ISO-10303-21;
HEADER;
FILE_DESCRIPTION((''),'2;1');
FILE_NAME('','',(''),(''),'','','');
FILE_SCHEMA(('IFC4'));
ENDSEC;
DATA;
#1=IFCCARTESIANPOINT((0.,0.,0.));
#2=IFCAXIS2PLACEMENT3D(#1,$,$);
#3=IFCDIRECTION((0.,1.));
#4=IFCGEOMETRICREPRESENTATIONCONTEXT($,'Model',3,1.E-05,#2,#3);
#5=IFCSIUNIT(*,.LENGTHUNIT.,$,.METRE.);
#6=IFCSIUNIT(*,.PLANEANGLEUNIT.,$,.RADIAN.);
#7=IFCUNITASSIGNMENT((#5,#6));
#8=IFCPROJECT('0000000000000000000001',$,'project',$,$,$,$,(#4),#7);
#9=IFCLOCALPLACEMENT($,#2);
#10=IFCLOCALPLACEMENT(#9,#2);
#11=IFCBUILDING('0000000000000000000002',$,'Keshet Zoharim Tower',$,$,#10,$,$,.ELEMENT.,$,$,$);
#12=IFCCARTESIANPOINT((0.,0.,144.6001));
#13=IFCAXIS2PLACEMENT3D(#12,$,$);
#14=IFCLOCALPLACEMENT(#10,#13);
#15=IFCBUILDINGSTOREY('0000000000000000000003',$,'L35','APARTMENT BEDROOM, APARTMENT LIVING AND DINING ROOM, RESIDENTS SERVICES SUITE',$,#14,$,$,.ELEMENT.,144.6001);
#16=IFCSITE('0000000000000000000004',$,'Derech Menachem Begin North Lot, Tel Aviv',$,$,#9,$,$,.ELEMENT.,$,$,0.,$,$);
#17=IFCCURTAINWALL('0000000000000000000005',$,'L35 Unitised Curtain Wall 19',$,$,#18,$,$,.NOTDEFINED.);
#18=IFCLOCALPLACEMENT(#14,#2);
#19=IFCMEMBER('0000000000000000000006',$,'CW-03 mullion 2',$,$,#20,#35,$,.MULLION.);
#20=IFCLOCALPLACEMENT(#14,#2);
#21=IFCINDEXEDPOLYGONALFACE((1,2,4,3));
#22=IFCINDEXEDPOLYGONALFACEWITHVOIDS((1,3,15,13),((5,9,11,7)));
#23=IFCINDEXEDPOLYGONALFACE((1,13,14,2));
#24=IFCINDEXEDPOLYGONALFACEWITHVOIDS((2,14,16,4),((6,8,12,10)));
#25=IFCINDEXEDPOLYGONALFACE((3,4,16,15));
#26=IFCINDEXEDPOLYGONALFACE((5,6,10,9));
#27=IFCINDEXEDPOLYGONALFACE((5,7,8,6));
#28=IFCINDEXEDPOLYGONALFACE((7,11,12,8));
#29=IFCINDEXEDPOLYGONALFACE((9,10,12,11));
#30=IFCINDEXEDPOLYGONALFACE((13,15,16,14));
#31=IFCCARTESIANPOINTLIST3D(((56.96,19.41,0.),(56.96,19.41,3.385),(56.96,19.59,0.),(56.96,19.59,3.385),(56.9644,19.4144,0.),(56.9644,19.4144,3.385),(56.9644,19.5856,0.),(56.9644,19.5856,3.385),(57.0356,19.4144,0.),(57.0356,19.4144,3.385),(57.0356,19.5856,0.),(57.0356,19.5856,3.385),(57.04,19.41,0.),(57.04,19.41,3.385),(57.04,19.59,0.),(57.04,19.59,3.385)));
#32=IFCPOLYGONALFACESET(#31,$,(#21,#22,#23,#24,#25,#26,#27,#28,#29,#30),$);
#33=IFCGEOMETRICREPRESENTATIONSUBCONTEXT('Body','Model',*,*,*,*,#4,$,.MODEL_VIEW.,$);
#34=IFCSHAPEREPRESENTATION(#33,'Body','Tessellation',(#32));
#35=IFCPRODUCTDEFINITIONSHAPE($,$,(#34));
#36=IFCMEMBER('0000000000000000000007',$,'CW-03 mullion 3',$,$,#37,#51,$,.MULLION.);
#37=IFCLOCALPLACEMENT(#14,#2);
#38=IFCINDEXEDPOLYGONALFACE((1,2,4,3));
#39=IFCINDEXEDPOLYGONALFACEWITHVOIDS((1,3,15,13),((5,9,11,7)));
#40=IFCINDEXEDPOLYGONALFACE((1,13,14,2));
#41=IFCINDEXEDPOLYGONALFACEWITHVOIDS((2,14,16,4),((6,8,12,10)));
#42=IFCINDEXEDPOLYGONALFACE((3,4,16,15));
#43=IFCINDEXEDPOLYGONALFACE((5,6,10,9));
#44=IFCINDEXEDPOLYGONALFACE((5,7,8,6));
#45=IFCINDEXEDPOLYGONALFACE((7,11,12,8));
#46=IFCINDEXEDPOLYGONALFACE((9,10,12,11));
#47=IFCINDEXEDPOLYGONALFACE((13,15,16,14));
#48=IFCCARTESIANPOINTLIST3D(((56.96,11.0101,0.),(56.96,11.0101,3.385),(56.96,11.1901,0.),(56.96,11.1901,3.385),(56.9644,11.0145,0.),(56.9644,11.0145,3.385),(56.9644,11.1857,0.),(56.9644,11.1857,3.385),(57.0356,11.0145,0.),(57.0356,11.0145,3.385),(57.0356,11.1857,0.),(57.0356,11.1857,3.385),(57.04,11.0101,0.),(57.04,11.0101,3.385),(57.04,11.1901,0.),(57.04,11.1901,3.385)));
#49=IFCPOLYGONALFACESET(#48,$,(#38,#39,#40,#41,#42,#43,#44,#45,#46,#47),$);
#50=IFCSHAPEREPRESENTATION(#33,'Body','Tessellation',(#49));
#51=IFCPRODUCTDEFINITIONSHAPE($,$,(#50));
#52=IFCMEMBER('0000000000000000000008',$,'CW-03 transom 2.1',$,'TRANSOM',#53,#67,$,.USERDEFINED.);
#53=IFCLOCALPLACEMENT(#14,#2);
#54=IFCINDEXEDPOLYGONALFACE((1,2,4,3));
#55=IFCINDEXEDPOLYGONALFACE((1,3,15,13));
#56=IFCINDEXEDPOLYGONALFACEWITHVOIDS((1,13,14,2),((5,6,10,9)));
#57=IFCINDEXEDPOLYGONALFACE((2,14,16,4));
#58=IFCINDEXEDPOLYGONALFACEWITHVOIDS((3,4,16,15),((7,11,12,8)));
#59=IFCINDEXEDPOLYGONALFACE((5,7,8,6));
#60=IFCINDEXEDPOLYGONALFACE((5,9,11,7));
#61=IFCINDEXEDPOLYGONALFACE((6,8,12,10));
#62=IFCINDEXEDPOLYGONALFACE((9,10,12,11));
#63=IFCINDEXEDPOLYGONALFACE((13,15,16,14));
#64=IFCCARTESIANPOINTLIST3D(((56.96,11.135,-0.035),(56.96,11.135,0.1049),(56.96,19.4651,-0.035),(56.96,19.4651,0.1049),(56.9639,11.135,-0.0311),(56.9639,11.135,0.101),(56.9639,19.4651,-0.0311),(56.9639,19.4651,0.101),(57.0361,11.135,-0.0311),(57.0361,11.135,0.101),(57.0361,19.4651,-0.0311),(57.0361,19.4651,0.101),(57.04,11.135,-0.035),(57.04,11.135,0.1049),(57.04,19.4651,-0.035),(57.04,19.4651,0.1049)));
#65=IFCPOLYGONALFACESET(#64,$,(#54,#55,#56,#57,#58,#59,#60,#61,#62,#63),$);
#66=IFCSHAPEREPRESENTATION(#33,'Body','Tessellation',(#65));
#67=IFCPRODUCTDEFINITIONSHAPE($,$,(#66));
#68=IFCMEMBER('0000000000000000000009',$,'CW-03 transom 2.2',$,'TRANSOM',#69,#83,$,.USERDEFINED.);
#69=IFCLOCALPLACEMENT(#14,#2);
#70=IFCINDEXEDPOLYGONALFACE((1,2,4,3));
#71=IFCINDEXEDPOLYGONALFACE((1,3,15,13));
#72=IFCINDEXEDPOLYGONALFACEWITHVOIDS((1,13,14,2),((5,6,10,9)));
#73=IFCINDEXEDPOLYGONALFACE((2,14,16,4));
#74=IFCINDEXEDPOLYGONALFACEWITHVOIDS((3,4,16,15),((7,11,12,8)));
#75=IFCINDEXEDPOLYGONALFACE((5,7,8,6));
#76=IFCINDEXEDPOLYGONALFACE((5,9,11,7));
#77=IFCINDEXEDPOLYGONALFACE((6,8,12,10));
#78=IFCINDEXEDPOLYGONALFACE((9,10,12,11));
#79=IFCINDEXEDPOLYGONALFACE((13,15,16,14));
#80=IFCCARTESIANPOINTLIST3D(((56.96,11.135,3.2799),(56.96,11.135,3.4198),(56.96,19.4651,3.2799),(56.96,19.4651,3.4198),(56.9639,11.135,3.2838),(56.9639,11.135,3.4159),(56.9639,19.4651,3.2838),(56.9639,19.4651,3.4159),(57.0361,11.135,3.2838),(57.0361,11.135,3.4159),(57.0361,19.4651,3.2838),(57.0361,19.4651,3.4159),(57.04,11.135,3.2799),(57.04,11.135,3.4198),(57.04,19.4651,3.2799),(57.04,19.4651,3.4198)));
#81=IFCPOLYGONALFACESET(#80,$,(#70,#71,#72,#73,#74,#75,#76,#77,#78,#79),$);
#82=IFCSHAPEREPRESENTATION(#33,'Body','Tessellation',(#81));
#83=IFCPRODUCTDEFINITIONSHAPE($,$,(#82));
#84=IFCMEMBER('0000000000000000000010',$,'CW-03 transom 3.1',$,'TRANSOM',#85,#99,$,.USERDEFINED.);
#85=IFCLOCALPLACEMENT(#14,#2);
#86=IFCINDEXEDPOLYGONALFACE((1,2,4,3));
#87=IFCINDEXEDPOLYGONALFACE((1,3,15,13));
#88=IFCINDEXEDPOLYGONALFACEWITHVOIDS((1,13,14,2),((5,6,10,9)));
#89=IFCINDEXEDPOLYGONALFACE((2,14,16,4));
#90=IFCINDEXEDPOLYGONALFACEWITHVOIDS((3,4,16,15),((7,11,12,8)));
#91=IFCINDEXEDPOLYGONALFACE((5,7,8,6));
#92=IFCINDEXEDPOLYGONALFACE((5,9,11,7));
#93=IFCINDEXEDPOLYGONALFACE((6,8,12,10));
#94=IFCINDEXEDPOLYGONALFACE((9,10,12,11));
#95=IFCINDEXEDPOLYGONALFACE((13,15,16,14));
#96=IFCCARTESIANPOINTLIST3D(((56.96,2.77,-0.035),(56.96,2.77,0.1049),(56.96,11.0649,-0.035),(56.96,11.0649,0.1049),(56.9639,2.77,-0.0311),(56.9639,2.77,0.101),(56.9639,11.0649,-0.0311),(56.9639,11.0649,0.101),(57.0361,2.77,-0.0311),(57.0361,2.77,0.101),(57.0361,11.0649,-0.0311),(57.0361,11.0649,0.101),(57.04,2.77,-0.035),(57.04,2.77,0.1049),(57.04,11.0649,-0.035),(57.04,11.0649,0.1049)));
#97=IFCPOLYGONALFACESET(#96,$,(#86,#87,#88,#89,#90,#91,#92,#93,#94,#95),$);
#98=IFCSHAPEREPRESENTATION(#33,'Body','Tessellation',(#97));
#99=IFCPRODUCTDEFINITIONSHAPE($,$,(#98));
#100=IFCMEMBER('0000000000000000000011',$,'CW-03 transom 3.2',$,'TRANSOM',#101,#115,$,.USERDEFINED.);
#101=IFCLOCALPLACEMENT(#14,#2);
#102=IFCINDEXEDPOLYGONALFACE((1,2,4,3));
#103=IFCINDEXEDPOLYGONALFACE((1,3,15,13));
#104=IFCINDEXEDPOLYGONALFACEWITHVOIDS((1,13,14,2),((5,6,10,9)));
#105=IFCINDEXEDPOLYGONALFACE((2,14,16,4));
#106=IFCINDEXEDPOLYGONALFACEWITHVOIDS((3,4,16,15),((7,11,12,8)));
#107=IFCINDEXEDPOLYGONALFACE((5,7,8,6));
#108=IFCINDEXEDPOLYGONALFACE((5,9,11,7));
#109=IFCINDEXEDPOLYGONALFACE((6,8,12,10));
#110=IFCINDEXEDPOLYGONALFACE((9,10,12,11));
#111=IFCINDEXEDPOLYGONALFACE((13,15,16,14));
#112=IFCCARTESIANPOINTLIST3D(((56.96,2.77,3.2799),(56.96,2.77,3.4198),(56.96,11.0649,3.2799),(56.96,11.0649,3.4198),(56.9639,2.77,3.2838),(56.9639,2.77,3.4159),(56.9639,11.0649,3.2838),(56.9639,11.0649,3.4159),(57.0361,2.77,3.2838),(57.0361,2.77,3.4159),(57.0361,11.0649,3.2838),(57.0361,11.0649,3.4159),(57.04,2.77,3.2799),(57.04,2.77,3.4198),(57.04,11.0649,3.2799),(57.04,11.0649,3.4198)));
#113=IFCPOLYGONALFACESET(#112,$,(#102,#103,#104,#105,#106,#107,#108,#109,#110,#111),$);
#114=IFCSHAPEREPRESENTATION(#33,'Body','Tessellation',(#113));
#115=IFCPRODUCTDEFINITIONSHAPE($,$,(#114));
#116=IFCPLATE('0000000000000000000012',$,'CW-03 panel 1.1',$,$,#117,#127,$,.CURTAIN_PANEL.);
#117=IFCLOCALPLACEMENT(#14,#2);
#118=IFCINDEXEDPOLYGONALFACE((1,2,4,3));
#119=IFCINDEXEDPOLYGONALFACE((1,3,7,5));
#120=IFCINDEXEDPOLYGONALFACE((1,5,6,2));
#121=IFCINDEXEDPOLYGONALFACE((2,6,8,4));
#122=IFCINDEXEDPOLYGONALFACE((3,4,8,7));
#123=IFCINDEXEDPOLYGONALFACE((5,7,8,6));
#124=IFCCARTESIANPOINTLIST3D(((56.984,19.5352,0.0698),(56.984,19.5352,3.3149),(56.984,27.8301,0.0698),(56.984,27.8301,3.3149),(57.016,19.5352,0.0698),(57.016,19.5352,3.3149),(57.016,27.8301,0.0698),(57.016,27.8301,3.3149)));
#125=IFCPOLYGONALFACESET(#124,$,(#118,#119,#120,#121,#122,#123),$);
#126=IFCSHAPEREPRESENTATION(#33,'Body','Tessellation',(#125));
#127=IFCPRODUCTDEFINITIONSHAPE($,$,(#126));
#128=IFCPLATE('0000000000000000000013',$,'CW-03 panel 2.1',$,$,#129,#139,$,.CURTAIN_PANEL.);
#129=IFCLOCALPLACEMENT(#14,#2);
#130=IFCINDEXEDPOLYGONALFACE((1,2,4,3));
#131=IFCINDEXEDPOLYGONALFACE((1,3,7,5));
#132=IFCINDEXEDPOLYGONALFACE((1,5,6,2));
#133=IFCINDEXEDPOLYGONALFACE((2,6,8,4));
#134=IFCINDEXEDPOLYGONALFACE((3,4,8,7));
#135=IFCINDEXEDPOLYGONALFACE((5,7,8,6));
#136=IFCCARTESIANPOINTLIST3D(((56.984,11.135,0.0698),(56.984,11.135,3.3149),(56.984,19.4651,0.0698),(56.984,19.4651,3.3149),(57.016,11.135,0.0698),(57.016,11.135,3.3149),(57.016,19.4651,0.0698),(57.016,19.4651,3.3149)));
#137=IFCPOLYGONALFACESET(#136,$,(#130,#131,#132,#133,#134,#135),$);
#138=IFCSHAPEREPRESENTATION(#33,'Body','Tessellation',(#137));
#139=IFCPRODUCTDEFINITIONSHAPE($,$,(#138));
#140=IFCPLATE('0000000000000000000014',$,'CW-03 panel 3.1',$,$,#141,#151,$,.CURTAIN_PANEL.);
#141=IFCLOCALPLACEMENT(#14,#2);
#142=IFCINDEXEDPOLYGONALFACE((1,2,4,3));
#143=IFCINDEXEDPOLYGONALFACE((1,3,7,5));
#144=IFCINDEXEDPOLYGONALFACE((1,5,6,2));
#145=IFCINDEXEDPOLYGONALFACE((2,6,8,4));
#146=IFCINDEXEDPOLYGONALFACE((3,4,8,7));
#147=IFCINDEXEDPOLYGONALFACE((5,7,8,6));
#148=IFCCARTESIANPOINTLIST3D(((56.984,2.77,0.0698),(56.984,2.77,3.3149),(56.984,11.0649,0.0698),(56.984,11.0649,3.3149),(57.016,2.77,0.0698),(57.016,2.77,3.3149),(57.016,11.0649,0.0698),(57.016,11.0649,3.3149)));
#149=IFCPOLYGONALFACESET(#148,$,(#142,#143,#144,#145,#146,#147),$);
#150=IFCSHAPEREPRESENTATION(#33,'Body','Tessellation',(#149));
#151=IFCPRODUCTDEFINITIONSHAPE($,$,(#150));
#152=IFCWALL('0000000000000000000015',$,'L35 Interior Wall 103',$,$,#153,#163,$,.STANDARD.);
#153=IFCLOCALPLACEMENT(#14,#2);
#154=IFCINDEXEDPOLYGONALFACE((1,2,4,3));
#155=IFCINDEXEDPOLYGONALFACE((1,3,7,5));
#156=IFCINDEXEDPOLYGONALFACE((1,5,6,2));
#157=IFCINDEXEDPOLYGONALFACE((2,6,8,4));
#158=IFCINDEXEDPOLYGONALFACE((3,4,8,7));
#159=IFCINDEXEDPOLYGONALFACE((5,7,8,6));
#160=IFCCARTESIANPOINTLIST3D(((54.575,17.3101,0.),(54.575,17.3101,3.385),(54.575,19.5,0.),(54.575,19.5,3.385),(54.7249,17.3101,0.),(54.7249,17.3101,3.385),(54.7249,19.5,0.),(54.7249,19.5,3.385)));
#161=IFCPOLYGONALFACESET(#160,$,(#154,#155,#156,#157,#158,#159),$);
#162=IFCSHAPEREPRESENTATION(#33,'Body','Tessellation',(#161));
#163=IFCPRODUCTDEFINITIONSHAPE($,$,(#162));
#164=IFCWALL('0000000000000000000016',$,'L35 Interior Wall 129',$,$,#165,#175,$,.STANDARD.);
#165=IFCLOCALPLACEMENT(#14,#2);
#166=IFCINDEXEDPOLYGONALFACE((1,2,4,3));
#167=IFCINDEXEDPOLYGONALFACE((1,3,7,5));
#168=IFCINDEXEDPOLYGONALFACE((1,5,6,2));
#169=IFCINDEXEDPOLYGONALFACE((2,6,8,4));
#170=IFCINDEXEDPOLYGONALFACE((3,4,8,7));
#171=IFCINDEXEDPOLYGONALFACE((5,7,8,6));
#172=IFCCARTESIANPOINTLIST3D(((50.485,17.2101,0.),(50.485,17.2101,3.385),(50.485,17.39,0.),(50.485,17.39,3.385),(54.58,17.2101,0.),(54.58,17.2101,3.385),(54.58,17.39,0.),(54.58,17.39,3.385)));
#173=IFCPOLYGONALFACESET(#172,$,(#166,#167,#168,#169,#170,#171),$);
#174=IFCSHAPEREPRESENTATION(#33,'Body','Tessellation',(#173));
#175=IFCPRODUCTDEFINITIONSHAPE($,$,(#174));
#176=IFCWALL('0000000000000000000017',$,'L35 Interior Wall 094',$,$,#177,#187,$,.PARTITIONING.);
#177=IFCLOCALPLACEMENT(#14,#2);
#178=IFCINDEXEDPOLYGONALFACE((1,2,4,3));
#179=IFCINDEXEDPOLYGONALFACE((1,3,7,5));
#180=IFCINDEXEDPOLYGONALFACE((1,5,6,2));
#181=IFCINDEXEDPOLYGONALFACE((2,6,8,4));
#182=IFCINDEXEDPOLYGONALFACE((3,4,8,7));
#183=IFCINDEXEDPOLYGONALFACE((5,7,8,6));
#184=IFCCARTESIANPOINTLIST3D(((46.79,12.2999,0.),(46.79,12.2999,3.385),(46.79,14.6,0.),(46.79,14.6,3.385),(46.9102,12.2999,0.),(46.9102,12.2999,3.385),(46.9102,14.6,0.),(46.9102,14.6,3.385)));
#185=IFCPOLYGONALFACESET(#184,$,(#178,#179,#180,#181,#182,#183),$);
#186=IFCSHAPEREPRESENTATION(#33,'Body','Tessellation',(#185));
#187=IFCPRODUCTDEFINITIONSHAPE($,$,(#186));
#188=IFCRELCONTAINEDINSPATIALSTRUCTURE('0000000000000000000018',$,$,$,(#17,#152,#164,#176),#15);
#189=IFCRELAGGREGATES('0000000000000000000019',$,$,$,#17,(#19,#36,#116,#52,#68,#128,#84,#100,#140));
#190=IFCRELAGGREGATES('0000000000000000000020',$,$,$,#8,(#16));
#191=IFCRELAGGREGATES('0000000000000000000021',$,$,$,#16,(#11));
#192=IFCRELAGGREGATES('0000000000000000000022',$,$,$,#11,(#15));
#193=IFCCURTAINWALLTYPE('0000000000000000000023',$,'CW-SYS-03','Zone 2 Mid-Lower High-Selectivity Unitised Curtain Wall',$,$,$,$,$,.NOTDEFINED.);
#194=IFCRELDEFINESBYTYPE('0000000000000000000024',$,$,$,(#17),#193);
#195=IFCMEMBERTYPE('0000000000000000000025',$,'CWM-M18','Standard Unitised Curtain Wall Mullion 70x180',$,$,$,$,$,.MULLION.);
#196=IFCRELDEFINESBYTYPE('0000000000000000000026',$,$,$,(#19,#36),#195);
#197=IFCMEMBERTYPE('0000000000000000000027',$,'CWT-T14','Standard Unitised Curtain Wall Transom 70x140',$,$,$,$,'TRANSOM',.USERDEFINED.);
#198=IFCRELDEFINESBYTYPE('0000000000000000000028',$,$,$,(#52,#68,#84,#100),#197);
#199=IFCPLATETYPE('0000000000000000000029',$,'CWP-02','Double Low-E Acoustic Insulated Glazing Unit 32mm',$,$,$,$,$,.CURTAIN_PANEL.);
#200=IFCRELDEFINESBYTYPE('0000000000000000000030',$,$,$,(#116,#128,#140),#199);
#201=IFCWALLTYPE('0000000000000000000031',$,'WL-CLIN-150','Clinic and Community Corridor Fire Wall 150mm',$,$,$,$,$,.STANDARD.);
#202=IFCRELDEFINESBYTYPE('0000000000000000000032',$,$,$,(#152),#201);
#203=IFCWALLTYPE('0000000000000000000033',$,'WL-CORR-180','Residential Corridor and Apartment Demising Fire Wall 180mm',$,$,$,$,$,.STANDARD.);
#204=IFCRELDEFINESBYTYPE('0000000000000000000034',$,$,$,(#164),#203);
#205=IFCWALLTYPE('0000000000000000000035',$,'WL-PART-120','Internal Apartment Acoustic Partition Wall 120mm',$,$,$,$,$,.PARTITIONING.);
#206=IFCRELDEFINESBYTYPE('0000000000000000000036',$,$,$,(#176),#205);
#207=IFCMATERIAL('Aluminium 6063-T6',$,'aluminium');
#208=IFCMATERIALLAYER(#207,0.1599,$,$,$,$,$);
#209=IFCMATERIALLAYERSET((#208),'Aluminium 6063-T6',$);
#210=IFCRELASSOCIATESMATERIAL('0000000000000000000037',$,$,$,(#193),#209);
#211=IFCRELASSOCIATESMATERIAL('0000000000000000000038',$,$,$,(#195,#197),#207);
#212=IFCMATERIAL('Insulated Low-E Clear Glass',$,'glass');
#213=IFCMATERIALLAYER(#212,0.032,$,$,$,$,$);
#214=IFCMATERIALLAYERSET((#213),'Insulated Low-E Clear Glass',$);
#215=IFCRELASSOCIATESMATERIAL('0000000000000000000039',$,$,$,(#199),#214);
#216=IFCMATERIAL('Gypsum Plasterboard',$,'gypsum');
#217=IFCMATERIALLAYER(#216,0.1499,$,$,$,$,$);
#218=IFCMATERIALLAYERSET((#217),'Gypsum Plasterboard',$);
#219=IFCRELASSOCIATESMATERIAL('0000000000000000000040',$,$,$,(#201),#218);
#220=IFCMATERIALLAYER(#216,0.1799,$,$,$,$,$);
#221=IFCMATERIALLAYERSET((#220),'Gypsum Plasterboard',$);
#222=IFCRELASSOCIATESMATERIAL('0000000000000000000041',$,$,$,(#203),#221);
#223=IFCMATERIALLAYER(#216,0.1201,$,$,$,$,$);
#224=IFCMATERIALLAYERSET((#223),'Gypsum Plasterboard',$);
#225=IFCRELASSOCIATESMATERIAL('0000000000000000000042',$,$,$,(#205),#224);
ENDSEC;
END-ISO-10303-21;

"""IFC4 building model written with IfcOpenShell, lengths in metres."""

from ifc_helpers import new_model, si_unit, direction, frame, frame_2d, origin, origin_2d, place, context, subcontext, project, spatial, rectangle, hollow_rectangle, extrude, material, layer, layer_set, material_profile, profile_set, type_object, element, aggregate, save


model = new_model("IFC4")

# Units and contexts
model_context = context("Model", 3, precision=1e-05, world=origin(), true_north=direction((0.0, 1.0)))
body_context = subcontext(model_context, "Body", "Model", "MODEL_VIEW")
ifc_project = project(units=[si_unit("LENGTHUNIT", "METRE"), si_unit("PLANEANGLEUNIT", "RADIAN")], contexts=[model_context])

# Site, building, storey
site_placement = place(None, origin())
site = spatial("IfcSite", under=ifc_project, at=site_placement, Name="Derech Menachem Begin North Lot, Tel Aviv", CompositionType="ELEMENT", RefElevation=0.0)
building_placement = place(site_placement, origin())
building = spatial("IfcBuilding", under=site, at=building_placement, Name="Keshet Zoharim Tower", CompositionType="ELEMENT")
storey_placement = place(building_placement, frame((0.0, 0.0, 144.6001)))
storey = spatial("IfcBuildingStorey", under=building, at=storey_placement, Name="L35", Description="APARTMENT BEDROOM, APARTMENT LIVING AND DINING ROOM, RESIDENTS SERVICES SUITE", CompositionType="ELEMENT", Elevation=144.6001)

# Curtain wall, members, plates
ifc_material_1 = material(Name="Aluminium 6063-T6", Category="aluminium")
ifc_layer_1 = layer(ifc_material_1, 0.1599)
ifc_layer_set_1 = layer_set([ifc_layer_1], Name="Aluminium 6063-T6")
curtain_wall_type = type_object("IfcCurtainWallType", Name="CW-SYS-03", Description="Zone 2 Mid-Lower High-Selectivity Unitised Curtain Wall", PredefinedType="NOTDEFINED", material=ifc_layer_set_1)
curtain_wall_placement = place(storey_placement, origin())
curtain_wall = element("IfcCurtainWall", 1, at=curtain_wall_placement, inside=storey, type_object=curtain_wall_type, Name="L35 Unitised Curtain Wall 19", PredefinedType="NOTDEFINED")
ifc_material_profile_1 = material_profile(ifc_material_1, hollow_rectangle(XDim=0.0801, YDim=0.1799, WallThickness=0.0044, at=origin_2d()), Name="MUL-80x180")
ifc_profile_set_1 = profile_set([ifc_material_profile_1], Name="Aluminium 6063-T6")
member_type_1 = type_object("IfcMemberType", Name="CWM-M18", Description="Standard Unitised Curtain Wall Mullion 70x180", PredefinedType="MULLION", material=ifc_profile_set_1)
member_1_placement = place(storey_placement, frame((57.0, 19.5, 0.0), z_axis=(0.0, 0.0, 1.0), x_axis=(1.0, 0.0, 0.0)))
member_1 = element("IfcMember", 2, at=member_1_placement, type_object=member_type_1, Name="CW-03 mullion 2", PredefinedType="MULLION", context=body_context, shape_type="SweptSolid", body=[
    extrude(hollow_rectangle(XDim=0.0801, YDim=0.1799, WallThickness=0.0044, at=origin_2d()), origin(), (0.0, 0.0, 1.0), 3.385),
])
member_2_placement = place(storey_placement, frame((57.0, 11.1001, 0.0), z_axis=(0.0, 0.0, 1.0), x_axis=(1.0, 0.0, 0.0)))
member_2 = element("IfcMember", 3, at=member_2_placement, type_object=member_type_1, Name="CW-03 mullion 3", PredefinedType="MULLION", context=body_context, shape_type="SweptSolid", body=[
    extrude(hollow_rectangle(XDim=0.0801, YDim=0.1799, WallThickness=0.0044, at=origin_2d()), origin(), (0.0, 0.0, 1.0), 3.385),
])
ifc_material_profile_2 = material_profile(ifc_material_1, hollow_rectangle(XDim=0.0801, YDim=0.1399, WallThickness=0.0039, at=origin_2d()), Name="TRN-80x140")
ifc_profile_set_2 = profile_set([ifc_material_profile_2], Name="Aluminium 6063-T6")
member_type_2 = type_object("IfcMemberType", Name="CWT-T14", Description="Standard Unitised Curtain Wall Transom 70x140", ElementType="TRANSOM", PredefinedType="USERDEFINED", material=ifc_profile_set_2)
member_3_placement = place(storey_placement, frame((57.0, 19.4651, 0.0349), z_axis=(0.0, -1.0, 0.0), x_axis=(1.0, 0.0, 0.0)))
member_3 = element("IfcMember", 4, at=member_3_placement, type_object=member_type_2, Name="CW-03 transom 2.1", ObjectType="TRANSOM", PredefinedType="USERDEFINED", context=body_context, shape_type="SweptSolid", body=[
    extrude(hollow_rectangle(XDim=0.0801, YDim=0.1399, WallThickness=0.0039, at=origin_2d()), origin(), (0.0, 0.0, 1.0), 8.3301),
])
member_4_placement = place(storey_placement, frame((57.0, 19.4651, 3.3499), z_axis=(0.0, -1.0, 0.0), x_axis=(1.0, 0.0, 0.0)))
member_4 = element("IfcMember", 5, at=member_4_placement, type_object=member_type_2, Name="CW-03 transom 2.2", ObjectType="TRANSOM", PredefinedType="USERDEFINED", context=body_context, shape_type="SweptSolid", body=[
    extrude(hollow_rectangle(XDim=0.0801, YDim=0.1399, WallThickness=0.0039, at=origin_2d()), origin(), (0.0, 0.0, 1.0), 8.3301),
])
member_5_placement = place(storey_placement, frame((57.0, 11.0649, 0.0349), z_axis=(0.0, -1.0, 0.0), x_axis=(1.0, 0.0, 0.0)))
member_5 = element("IfcMember", 6, at=member_5_placement, type_object=member_type_2, Name="CW-03 transom 3.1", ObjectType="TRANSOM", PredefinedType="USERDEFINED", context=body_context, shape_type="SweptSolid", body=[
    extrude(hollow_rectangle(XDim=0.0801, YDim=0.1399, WallThickness=0.0039, at=origin_2d()), origin(), (0.0, 0.0, 1.0), 8.2949),
])
member_6_placement = place(storey_placement, frame((57.0, 11.0649, 3.3499), z_axis=(0.0, -1.0, 0.0), x_axis=(1.0, 0.0, 0.0)))
member_6 = element("IfcMember", 7, at=member_6_placement, type_object=member_type_2, Name="CW-03 transom 3.2", ObjectType="TRANSOM", PredefinedType="USERDEFINED", context=body_context, shape_type="SweptSolid", body=[
    extrude(hollow_rectangle(XDim=0.0801, YDim=0.1399, WallThickness=0.0039, at=origin_2d()), origin(), (0.0, 0.0, 1.0), 8.2949),
])
ifc_material_2 = material(Name="Insulated Low-E Clear Glass", Category="glass")
ifc_layer_2 = layer(ifc_material_2, 0.032)
ifc_layer_set_2 = layer_set([ifc_layer_2], Name="Insulated Low-E Clear Glass")
plate_type = type_object("IfcPlateType", Name="CWP-02", Description="Double Low-E Acoustic Insulated Glazing Unit 32mm", PredefinedType="CURTAIN_PANEL", material=ifc_layer_set_2)
plate_1_placement = place(storey_placement, frame((57.0, 23.6826, 0.0698), z_axis=(0.0, 0.0, 1.0), x_axis=(0.0, -1.0, 0.0)))
plate_1 = element("IfcPlate", 8, at=plate_1_placement, type_object=plate_type, Name="CW-03 panel 1.1", PredefinedType="CURTAIN_PANEL", context=body_context, shape_type="SweptSolid", body=[
    extrude(rectangle(XDim=8.2949, YDim=0.032, at=origin_2d()), origin(), (0.0, 0.0, 1.0), 3.2451),
])
plate_2_placement = place(storey_placement, frame((57.0, 15.3, 0.0698), z_axis=(0.0, 0.0, 1.0), x_axis=(0.0, -1.0, 0.0)))
plate_2 = element("IfcPlate", 9, at=plate_2_placement, type_object=plate_type, Name="CW-03 panel 2.1", PredefinedType="CURTAIN_PANEL", context=body_context, shape_type="SweptSolid", body=[
    extrude(rectangle(XDim=8.3301, YDim=0.032, at=origin_2d()), origin(), (0.0, 0.0, 1.0), 3.2451),
])
plate_3_placement = place(storey_placement, frame((57.0, 6.9175, 0.0698), z_axis=(0.0, 0.0, 1.0), x_axis=(0.0, -1.0, 0.0)))
plate_3 = element("IfcPlate", 10, at=plate_3_placement, type_object=plate_type, Name="CW-03 panel 3.1", PredefinedType="CURTAIN_PANEL", context=body_context, shape_type="SweptSolid", body=[
    extrude(rectangle(XDim=8.2949, YDim=0.032, at=origin_2d()), origin(), (0.0, 0.0, 1.0), 3.2451),
])
aggregate(curtain_wall, [member_1, member_2, plate_1, member_3, member_4, plate_2, member_5, member_6, plate_3])

# Wall
ifc_material_3 = material(Name="Gypsum Plasterboard", Category="gypsum")
ifc_layer_3 = layer(ifc_material_3, 0.1499)
ifc_layer_set_3 = layer_set([ifc_layer_3], Name="Gypsum Plasterboard")
wall_type_1 = type_object("IfcWallType", Name="WL-CLIN-150", Description="Clinic and Community Corridor Fire Wall 150mm", PredefinedType="STANDARD", material=ifc_layer_set_3)
wall_1_placement = place(storey_placement, frame((54.6499, 17.3101, 0.0), z_axis=(0.0, 0.0, 1.0), x_axis=(0.0, 1.0, 0.0)))
element("IfcWall", 11, at=wall_1_placement, inside=storey, type_object=wall_type_1, Name="L35 Interior Wall 103", PredefinedType="STANDARD", context=body_context, shape_type="SweptSolid", body=[
    extrude(rectangle(XDim=2.1899, YDim=0.1499, at=frame_2d((1.095, 0.0))), origin(), (0.0, 0.0, 1.0), 3.385),
])

# Shared definitions
ifc_layer_4 = layer(ifc_material_3, 0.1799)
ifc_layer_set_4 = layer_set([ifc_layer_4], Name="Gypsum Plasterboard")
wall_type_2 = type_object("IfcWallType", Name="WL-CORR-180", Description="Residential Corridor and Apartment Demising Fire Wall 180mm", PredefinedType="STANDARD", material=ifc_layer_set_4)

# Walls
wall_2_placement = place(storey_placement, frame((50.4851, 17.3, 0.0), z_axis=(0.0, 0.0, 1.0), x_axis=(1.0, 0.0, 0.0)))
element("IfcWall", 12, at=wall_2_placement, inside=storey, type_object=wall_type_2, Name="L35 Interior Wall 129", PredefinedType="STANDARD", context=body_context, shape_type="SweptSolid", body=[
    extrude(rectangle(XDim=4.095, YDim=0.1799, at=frame_2d((2.0474, 0.0))), origin(), (0.0, 0.0, 1.0), 3.385),
])
ifc_layer_5 = layer(ifc_material_3, 0.1201)
ifc_layer_set_5 = layer_set([ifc_layer_5], Name="Gypsum Plasterboard")
wall_type_3 = type_object("IfcWallType", Name="WL-PART-120", Description="Internal Apartment Acoustic Partition Wall 120mm", PredefinedType="PARTITIONING", material=ifc_layer_set_5)
wall_3_placement = place(storey_placement, frame((46.8501, 12.3, 0.0), z_axis=(0.0, 0.0, 1.0), x_axis=(0.0, 1.0, 0.0)))
element("IfcWall", 13, at=wall_3_placement, inside=storey, type_object=wall_type_3, Name="L35 Interior Wall 094", PredefinedType="PARTITIONING", context=body_context, shape_type="SweptSolid", body=[
    extrude(rectangle(XDim=2.3, YDim=0.1201, at=frame_2d((1.1499, 0.0))), origin(), (0.0, 0.0, 1.0), 3.385),
])

save(model, "model.ifc")
